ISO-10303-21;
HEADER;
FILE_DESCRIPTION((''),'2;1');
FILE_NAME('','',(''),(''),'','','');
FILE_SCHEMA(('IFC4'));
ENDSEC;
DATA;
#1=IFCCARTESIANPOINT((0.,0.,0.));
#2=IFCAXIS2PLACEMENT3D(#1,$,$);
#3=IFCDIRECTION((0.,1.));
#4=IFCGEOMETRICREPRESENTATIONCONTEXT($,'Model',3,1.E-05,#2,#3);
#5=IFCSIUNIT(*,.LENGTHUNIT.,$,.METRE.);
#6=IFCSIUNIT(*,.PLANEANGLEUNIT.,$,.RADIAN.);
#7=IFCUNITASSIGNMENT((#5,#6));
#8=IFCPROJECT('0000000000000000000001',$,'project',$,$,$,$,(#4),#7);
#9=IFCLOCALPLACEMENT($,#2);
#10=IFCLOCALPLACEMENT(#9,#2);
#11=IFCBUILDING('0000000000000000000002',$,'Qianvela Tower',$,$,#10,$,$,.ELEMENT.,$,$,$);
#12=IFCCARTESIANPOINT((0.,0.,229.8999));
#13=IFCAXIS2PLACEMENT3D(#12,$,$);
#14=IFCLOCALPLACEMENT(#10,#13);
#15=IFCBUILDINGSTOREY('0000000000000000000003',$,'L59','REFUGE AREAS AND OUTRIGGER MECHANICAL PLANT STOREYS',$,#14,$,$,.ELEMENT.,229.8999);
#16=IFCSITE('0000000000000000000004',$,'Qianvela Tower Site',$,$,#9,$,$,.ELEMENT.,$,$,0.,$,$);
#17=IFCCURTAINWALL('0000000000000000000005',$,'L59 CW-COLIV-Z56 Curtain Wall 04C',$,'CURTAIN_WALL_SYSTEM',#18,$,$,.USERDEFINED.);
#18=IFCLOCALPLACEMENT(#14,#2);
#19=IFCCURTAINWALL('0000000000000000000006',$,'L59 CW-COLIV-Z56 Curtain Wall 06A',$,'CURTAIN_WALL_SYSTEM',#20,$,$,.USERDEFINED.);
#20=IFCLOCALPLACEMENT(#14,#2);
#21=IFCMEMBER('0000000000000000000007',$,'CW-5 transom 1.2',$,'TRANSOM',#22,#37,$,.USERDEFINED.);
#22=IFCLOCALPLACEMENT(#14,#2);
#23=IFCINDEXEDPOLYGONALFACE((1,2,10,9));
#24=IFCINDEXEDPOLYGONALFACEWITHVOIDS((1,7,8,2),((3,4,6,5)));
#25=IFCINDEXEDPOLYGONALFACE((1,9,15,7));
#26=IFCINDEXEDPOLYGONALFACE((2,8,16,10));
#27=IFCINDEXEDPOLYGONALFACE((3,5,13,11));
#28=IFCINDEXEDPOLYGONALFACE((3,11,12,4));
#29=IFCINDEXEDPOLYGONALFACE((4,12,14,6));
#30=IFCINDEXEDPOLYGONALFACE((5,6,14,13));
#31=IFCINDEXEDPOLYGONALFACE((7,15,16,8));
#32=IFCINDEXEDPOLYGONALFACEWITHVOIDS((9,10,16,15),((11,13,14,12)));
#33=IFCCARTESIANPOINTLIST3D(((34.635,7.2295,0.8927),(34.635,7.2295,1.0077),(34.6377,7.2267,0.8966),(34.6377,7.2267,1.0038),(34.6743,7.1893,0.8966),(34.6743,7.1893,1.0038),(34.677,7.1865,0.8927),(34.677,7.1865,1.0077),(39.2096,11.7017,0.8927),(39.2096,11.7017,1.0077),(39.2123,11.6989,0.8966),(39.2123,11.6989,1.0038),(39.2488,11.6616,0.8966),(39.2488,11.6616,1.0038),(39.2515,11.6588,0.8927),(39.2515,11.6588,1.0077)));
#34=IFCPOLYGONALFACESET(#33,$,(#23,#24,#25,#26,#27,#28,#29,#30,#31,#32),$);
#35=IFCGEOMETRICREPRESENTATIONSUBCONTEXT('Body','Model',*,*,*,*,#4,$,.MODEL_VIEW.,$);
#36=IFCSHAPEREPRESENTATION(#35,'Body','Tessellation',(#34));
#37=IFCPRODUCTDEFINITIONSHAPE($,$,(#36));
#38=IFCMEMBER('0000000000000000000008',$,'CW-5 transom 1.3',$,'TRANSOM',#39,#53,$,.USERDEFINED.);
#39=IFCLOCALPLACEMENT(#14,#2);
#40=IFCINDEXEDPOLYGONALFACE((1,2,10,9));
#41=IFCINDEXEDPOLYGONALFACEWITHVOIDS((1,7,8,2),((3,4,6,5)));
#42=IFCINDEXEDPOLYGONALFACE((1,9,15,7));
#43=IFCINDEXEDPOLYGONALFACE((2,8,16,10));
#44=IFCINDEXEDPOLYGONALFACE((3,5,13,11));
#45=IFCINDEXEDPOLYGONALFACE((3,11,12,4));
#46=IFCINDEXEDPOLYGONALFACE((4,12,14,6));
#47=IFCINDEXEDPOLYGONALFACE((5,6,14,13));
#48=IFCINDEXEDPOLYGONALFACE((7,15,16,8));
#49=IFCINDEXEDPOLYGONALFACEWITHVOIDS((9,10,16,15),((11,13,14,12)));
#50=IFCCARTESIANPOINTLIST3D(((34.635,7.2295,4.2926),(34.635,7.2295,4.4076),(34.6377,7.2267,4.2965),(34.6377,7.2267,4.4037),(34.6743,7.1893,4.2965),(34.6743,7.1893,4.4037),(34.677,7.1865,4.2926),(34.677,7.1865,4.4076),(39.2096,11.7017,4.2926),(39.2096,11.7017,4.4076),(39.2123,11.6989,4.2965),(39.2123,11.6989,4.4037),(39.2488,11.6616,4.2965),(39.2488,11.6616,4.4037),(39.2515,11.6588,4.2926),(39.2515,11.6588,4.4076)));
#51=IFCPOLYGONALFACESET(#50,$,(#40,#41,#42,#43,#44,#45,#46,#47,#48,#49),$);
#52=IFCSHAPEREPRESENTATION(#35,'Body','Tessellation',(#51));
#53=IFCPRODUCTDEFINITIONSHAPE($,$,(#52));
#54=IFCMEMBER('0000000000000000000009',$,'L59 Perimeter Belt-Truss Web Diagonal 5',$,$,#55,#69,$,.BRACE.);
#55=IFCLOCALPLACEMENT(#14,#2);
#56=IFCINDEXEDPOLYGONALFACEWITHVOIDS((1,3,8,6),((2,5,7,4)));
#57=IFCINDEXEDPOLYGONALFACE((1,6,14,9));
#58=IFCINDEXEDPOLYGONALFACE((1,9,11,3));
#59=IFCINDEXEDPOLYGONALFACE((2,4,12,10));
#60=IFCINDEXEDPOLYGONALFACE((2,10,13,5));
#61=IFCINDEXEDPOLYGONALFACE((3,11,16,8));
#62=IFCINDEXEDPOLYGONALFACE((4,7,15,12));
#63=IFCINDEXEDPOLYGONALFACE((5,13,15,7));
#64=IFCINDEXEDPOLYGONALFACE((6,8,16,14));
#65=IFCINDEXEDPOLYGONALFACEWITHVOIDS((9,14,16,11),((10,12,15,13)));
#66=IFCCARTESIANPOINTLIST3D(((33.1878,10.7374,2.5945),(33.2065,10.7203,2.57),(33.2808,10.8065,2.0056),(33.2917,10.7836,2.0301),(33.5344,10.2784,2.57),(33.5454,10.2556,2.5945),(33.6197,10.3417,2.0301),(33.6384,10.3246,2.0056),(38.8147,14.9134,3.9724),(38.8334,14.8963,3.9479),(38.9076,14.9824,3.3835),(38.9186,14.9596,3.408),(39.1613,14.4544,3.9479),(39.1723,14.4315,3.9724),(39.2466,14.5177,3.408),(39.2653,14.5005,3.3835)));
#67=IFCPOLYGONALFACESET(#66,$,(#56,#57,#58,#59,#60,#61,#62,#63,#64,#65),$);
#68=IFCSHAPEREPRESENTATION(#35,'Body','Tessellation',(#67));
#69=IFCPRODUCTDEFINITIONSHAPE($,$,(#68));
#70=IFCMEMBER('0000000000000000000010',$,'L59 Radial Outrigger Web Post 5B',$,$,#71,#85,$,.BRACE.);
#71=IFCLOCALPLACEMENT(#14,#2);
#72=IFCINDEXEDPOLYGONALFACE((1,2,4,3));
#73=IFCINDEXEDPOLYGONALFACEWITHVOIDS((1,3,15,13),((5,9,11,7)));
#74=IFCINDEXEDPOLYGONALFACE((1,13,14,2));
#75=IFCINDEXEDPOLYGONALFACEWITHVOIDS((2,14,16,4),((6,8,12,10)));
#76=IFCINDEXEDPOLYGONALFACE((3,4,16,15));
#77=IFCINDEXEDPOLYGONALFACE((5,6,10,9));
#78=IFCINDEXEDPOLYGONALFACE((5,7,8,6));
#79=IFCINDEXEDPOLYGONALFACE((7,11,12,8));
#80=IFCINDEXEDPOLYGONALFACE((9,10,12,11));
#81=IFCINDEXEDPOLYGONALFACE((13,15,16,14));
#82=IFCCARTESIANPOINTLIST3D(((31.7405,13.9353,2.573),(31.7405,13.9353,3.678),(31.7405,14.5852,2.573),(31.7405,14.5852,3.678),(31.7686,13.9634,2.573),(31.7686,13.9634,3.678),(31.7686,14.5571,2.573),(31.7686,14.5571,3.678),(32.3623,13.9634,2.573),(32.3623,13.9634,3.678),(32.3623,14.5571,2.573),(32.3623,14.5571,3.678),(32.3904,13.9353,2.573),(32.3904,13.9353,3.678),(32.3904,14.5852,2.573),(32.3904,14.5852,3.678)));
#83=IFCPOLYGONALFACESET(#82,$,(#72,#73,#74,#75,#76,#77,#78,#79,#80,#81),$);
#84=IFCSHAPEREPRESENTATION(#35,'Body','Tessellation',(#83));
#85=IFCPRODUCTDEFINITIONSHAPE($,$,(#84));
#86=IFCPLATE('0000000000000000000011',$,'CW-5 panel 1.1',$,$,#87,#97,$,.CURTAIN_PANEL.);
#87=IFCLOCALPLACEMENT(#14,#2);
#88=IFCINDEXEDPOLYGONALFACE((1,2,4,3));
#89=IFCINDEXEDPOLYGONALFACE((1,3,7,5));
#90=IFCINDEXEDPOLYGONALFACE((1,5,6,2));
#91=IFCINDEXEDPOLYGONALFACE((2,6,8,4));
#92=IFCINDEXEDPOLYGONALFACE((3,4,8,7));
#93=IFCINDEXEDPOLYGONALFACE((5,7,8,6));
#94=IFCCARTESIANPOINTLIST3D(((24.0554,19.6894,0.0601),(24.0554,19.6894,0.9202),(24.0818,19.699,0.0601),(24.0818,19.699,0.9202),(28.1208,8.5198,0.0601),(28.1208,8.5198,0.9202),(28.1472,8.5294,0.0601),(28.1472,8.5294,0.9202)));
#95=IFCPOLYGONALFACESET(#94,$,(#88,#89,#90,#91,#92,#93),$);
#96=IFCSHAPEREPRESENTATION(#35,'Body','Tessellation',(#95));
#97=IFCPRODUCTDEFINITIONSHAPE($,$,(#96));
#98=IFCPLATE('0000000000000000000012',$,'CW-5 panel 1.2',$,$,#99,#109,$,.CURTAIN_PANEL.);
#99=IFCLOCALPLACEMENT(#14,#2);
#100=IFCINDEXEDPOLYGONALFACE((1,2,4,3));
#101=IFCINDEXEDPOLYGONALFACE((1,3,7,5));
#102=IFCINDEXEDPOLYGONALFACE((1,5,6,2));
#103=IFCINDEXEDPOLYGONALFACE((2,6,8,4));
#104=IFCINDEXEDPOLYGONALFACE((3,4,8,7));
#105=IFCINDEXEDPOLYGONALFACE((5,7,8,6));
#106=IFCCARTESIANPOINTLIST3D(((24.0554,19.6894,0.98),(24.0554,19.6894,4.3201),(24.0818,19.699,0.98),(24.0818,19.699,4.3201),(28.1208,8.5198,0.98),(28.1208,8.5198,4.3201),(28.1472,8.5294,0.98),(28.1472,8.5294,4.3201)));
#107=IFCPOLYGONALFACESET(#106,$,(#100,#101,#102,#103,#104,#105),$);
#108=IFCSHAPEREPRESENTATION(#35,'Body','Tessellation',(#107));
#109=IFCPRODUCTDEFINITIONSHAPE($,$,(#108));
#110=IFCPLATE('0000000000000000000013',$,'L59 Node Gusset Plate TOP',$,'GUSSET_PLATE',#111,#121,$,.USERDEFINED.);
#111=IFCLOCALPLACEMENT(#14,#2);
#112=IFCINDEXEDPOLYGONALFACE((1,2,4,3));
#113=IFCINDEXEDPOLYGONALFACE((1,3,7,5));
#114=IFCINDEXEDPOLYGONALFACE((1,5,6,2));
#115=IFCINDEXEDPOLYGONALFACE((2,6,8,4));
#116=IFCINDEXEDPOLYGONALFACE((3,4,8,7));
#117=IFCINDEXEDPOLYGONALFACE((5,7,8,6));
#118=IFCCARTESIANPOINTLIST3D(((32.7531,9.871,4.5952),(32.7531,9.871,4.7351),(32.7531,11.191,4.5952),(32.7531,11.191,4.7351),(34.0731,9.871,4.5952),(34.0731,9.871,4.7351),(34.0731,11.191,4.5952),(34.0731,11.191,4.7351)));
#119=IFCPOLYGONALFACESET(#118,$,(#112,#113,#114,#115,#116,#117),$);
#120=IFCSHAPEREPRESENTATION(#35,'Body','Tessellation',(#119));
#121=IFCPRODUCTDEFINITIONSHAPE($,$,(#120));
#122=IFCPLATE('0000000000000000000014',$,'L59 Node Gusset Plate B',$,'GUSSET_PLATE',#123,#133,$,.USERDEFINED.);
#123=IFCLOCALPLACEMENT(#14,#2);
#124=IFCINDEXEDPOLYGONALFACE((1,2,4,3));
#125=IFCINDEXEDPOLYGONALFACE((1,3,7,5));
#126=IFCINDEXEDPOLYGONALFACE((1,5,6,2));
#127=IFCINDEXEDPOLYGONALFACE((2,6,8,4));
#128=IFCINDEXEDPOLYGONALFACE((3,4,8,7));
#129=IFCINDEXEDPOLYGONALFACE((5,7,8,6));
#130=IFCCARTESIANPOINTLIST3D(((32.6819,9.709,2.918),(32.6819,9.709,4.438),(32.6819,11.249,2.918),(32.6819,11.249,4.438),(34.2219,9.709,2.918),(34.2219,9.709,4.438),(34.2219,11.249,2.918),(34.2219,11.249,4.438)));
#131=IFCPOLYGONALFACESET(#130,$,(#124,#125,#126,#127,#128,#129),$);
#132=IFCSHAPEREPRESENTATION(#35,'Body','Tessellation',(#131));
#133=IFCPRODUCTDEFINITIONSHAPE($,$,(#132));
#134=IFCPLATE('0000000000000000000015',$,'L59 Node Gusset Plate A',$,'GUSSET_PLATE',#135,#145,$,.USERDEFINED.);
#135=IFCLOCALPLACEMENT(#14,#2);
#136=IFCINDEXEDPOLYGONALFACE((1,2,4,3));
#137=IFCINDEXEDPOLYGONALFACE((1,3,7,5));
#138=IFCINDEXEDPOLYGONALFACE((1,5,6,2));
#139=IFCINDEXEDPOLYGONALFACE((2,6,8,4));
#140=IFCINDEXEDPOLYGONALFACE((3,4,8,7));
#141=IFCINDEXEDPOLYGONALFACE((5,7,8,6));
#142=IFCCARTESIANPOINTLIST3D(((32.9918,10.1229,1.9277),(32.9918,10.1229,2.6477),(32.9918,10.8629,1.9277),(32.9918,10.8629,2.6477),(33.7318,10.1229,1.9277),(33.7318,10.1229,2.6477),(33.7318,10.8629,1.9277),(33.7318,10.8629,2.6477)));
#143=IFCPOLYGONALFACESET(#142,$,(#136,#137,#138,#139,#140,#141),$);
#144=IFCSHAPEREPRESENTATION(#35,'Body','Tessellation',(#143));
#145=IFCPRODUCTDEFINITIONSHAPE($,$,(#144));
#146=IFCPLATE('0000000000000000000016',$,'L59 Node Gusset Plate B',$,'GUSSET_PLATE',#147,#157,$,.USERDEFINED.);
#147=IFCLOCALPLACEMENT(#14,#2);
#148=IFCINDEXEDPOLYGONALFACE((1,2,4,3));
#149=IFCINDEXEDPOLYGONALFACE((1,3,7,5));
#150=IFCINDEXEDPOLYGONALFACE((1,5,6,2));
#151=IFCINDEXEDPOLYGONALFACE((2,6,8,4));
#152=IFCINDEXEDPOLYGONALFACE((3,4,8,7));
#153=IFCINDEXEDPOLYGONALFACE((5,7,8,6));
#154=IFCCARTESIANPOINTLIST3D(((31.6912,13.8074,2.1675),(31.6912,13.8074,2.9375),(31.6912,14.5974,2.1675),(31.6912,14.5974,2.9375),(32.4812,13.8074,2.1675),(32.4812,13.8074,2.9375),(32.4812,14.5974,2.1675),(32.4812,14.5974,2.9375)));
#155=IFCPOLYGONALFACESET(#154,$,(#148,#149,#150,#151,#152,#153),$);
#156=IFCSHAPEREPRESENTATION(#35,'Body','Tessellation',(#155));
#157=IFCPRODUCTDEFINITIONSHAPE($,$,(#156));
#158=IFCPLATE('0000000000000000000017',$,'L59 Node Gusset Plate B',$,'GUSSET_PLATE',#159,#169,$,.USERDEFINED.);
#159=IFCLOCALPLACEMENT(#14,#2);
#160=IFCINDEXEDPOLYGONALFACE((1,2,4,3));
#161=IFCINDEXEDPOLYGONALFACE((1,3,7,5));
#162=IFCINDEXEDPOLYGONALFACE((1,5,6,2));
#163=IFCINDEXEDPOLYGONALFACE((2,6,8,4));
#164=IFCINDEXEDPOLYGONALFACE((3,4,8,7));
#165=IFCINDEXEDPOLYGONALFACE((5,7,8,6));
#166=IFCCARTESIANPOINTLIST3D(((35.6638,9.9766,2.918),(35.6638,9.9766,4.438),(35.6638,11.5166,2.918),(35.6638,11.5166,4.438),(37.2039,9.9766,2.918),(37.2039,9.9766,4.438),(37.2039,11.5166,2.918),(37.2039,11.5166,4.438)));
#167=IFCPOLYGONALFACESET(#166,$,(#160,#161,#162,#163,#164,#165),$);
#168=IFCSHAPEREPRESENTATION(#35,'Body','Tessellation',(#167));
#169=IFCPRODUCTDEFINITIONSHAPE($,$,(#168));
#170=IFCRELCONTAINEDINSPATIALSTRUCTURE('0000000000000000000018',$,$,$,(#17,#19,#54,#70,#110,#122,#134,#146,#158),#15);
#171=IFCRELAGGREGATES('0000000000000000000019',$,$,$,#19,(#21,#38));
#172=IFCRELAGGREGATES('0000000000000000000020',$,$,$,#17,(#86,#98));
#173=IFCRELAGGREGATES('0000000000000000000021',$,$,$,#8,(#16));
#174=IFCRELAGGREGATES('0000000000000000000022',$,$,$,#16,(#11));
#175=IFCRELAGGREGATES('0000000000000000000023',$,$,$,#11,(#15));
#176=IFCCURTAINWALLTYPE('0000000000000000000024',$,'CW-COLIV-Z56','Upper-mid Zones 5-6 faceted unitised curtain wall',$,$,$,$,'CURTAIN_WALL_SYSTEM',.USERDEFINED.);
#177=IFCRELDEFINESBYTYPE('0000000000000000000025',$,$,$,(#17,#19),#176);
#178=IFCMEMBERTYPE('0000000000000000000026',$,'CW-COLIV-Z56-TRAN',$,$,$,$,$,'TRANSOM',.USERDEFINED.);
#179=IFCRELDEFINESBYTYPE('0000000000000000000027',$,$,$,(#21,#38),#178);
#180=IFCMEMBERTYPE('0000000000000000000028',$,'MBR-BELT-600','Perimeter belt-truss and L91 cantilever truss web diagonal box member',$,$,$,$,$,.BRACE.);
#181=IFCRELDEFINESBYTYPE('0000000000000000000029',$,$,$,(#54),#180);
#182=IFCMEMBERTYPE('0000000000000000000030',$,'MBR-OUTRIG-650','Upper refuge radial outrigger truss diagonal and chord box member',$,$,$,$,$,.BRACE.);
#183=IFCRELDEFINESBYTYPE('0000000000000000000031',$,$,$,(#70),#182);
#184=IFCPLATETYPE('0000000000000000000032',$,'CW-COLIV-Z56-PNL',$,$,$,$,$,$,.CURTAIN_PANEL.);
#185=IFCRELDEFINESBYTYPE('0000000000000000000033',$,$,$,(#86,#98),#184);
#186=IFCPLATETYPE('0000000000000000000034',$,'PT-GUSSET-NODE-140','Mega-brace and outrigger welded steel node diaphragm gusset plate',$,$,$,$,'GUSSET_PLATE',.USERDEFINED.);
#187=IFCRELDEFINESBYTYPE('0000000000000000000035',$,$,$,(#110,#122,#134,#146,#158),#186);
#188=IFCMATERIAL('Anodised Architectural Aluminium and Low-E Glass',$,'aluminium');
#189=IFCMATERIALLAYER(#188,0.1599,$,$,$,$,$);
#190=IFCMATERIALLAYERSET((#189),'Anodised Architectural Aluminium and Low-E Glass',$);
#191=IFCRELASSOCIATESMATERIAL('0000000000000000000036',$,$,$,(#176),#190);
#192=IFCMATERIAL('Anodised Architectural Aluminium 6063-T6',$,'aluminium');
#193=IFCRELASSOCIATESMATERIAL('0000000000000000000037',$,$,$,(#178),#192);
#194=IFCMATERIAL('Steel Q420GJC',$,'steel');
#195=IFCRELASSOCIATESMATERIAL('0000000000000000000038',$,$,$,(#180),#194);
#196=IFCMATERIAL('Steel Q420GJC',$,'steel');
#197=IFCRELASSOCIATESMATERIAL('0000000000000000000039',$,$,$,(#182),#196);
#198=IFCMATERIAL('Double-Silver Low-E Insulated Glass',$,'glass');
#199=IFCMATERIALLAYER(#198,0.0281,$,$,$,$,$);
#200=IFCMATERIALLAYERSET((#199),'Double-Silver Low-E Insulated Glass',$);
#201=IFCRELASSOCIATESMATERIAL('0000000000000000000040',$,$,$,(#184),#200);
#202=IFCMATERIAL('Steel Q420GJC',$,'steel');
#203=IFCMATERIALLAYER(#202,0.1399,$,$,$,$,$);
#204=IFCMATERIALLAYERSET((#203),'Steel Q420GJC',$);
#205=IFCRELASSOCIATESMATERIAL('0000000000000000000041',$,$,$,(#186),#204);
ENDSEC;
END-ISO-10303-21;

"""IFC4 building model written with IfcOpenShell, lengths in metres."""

from ifc_helpers import new_model, si_unit, direction, frame, origin, origin_2d, place, context, subcontext, project, spatial, rectangle, hollow_rectangle, extrude, material, layer, layer_set, material_profile, profile_set, type_object, element, aggregate, save


model = new_model("IFC4")

# Units and contexts
model_context = context("Model", 3, precision=1e-05, world=origin(), true_north=direction((0.0, 1.0)))
body_context = subcontext(model_context, "Body", "Model", "MODEL_VIEW")
ifc_project = project(units=[si_unit("LENGTHUNIT", "METRE"), si_unit("PLANEANGLEUNIT", "RADIAN")], contexts=[model_context])

# Site, building, storey
site_placement = place(None, origin())
site = spatial("IfcSite", under=ifc_project, at=site_placement, Name="Qianvela Tower Site", CompositionType="ELEMENT", RefElevation=0.0)
building_placement = place(site_placement, origin())
building = spatial("IfcBuilding", under=site, at=building_placement, Name="Qianvela Tower", CompositionType="ELEMENT")
storey_placement = place(building_placement, frame((0.0, 0.0, 229.8999)))
storey = spatial("IfcBuildingStorey", under=building, at=storey_placement, Name="L59", Description="REFUGE AREAS AND OUTRIGGER MECHANICAL PLANT STOREYS", CompositionType="ELEMENT", Elevation=229.8999)

# Curtain wall
ifc_material_1 = material(Name="Anodised Architectural Aluminium and Low-E Glass", Category="aluminium")
ifc_layer_1 = layer(ifc_material_1, 0.1599)
ifc_layer_set_1 = layer_set([ifc_layer_1], Name="Anodised Architectural Aluminium and Low-E Glass")
curtain_wall_type = type_object("IfcCurtainWallType", Name="CW-COLIV-Z56", Description="Upper-mid Zones 5-6 faceted unitised curtain wall", ElementType="CURTAIN_WALL_SYSTEM", PredefinedType="USERDEFINED", material=ifc_layer_set_1)
curtain_wall_1_placement = place(storey_placement, origin())
curtain_wall_1 = element("IfcCurtainWall", 1, at=curtain_wall_1_placement, inside=storey, type_object=curtain_wall_type, Name="L59 CW-COLIV-Z56 Curtain Wall 04C", ObjectType="CURTAIN_WALL_SYSTEM", PredefinedType="USERDEFINED")

# Curtain wall, members
curtain_wall_2_placement = place(storey_placement, origin())
curtain_wall_2 = element("IfcCurtainWall", 2, at=curtain_wall_2_placement, inside=storey, type_object=curtain_wall_type, Name="L59 CW-COLIV-Z56 Curtain Wall 06A", ObjectType="CURTAIN_WALL_SYSTEM", PredefinedType="USERDEFINED")
ifc_material_2 = material(Name="Anodised Architectural Aluminium 6063-T6", Category="aluminium")
ifc_material_profile_1 = material_profile(ifc_material_2, hollow_rectangle(XDim=0.0601, YDim=0.115, WallThickness=0.0039, at=origin_2d()), Name="ALU-TRAN-60x115")
ifc_profile_set_1 = profile_set([ifc_material_profile_1], Name="Anodised Architectural Aluminium 6063-T6")
member_type_1 = type_object("IfcMemberType", Name="CW-COLIV-Z56-TRAN", ElementType="TRANSOM", PredefinedType="USERDEFINED", material=ifc_profile_set_1)
member_1_placement = place(storey_placement, frame((34.656, 7.208, 0.9502), z_axis=(0.715057, 0.699066, 0.0), x_axis=(-0.699066, 0.715057, 0.0)))
member_1 = element("IfcMember", 3, at=member_1_placement, type_object=member_type_1, Name="CW-5 transom 1.2", ObjectType="TRANSOM", PredefinedType="USERDEFINED", context=body_context, shape_type="SweptSolid", body=[
    extrude(hollow_rectangle(XDim=0.0601, YDim=0.115, WallThickness=0.0039, at=origin_2d()), origin(), (0.0, 0.0, 1.0), 6.3975),
])
member_2_placement = place(storey_placement, frame((34.656, 7.208, 4.3501), z_axis=(0.715057, 0.699066, 0.0), x_axis=(-0.699066, 0.715057, 0.0)))
member_2 = element("IfcMember", 4, at=member_2_placement, type_object=member_type_1, Name="CW-5 transom 1.3", ObjectType="TRANSOM", PredefinedType="USERDEFINED", context=body_context, shape_type="SweptSolid", body=[
    extrude(hollow_rectangle(XDim=0.0601, YDim=0.115, WallThickness=0.0039, at=origin_2d()), origin(), (0.0, 0.0, 1.0), 6.3975),
])
aggregate(curtain_wall_2, [member_1, member_2])

# Members
ifc_material_3 = material(Name="Steel Q420GJC", Category="steel")
ifc_material_profile_2 = material_profile(ifc_material_3, hollow_rectangle(XDim=0.6001, YDim=0.6001, WallThickness=0.0249, at=origin_2d()), Name="BBOX-600x600x25")
ifc_profile_set_2 = profile_set([ifc_material_profile_2], Name="Steel Q420GJC")
member_type_2 = type_object("IfcMemberType", Name="MBR-BELT-600", Description="Perimeter belt-truss and L91 cantilever truss web diagonal box member", PredefinedType="BRACE", material=ifc_profile_set_2)
member_3_placement = place(storey_placement, frame((33.4131, 10.531, 2.3), z_axis=(0.787927, 0.584758, 0.192948), x_axis=(-0.595956, 0.803017, 0.0)))
element("IfcMember", 5, at=member_3_placement, inside=storey, type_object=member_type_2, Name="L59 Perimeter Belt-Truss Web Diagonal 5", PredefinedType="BRACE", context=body_context, shape_type="SweptSolid", body=[
    extrude(hollow_rectangle(XDim=0.6001, YDim=0.6001, WallThickness=0.0249, at=origin_2d()), origin(), (0.0, 0.0, 1.0), 7.1414),
])
ifc_material_4 = material(Name="Steel Q420GJC", Category="steel")
ifc_material_profile_3 = material_profile(ifc_material_4, hollow_rectangle(XDim=0.6499, YDim=0.6499, WallThickness=0.0281, at=origin_2d()), Name="OBOX-650x650x28")
ifc_profile_set_3 = profile_set([ifc_material_profile_3], Name="Steel Q420GJC")
member_type_3 = type_object("IfcMemberType", Name="MBR-OUTRIG-650", Description="Upper refuge radial outrigger truss diagonal and chord box member", PredefinedType="BRACE", material=ifc_profile_set_3)
member_4_placement = place(storey_placement, frame((32.0654, 14.2603, 2.573), z_axis=(0.0, 0.0, 1.0), x_axis=(1.0, 0.0, 0.0)))
element("IfcMember", 6, at=member_4_placement, inside=storey, type_object=member_type_3, Name="L59 Radial Outrigger Web Post 5B", PredefinedType="BRACE", context=body_context, shape_type="SweptSolid", body=[
    extrude(hollow_rectangle(XDim=0.6499, YDim=0.6499, WallThickness=0.0281, at=origin_2d()), origin(), (0.0, 0.0, 1.0), 1.105),
])

# Plates
ifc_material_5 = material(Name="Double-Silver Low-E Insulated Glass", Category="glass")
ifc_layer_2 = layer(ifc_material_5, 0.0281)
ifc_layer_set_2 = layer_set([ifc_layer_2], Name="Double-Silver Low-E Insulated Glass")
plate_type_1 = type_object("IfcPlateType", Name="CW-COLIV-Z56-PNL", PredefinedType="CURTAIN_PANEL", material=ifc_layer_set_2)
plate_1_placement = place(storey_placement, frame((26.1013, 14.1094, 0.0601), z_axis=(0.0, 0.0, 1.0), x_axis=(0.342017, -0.939694, 0.0)))
plate_1 = element("IfcPlate", 7, at=plate_1_placement, type_object=plate_type_1, Name="CW-5 panel 1.1", PredefinedType="CURTAIN_PANEL", context=body_context, shape_type="SweptSolid", body=[
    extrude(rectangle(XDim=11.8865, YDim=0.0281, at=origin_2d()), origin(), (0.0, 0.0, 1.0), 0.8601),
])
plate_2_placement = place(storey_placement, frame((26.1013, 14.1094, 0.98), z_axis=(0.0, 0.0, 1.0), x_axis=(0.342017, -0.939694, 0.0)))
plate_2 = element("IfcPlate", 8, at=plate_2_placement, type_object=plate_type_1, Name="CW-5 panel 1.2", PredefinedType="CURTAIN_PANEL", context=body_context, shape_type="SweptSolid", body=[
    extrude(rectangle(XDim=11.8865, YDim=0.0281, at=origin_2d()), origin(), (0.0, 0.0, 1.0), 3.3401),
])
aggregate(curtain_wall_1, [plate_1, plate_2])

# Plates
ifc_material_6 = material(Name="Steel Q420GJC", Category="steel")
ifc_layer_3 = layer(ifc_material_6, 0.1399)
ifc_layer_set_3 = layer_set([ifc_layer_3], Name="Steel Q420GJC")
plate_type_2 = type_object("IfcPlateType", Name="PT-GUSSET-NODE-140", Description="Mega-brace and outrigger welded steel node diaphragm gusset plate", ElementType="GUSSET_PLATE", PredefinedType="USERDEFINED", material=ifc_layer_set_3)
plate_3_placement = place(storey_placement, frame((33.4131, 10.531, 4.5952), z_axis=(0.0, 0.0, 1.0), x_axis=(1.0, 0.0, 0.0)))
element("IfcPlate", 9, at=plate_3_placement, inside=storey, type_object=plate_type_2, Name="L59 Node Gusset Plate TOP", ObjectType="GUSSET_PLATE", PredefinedType="USERDEFINED", context=body_context, shape_type="SweptSolid", body=[
    extrude(rectangle(XDim=1.3201, YDim=1.3201, at=origin_2d()), origin(), (0.0, 0.0, 1.0), 0.1399),
])
plate_4_placement = place(storey_placement, frame((33.4519, 10.479, 2.918), z_axis=(0.0, 0.0, 1.0), x_axis=(1.0, 0.0, 0.0)))
element("IfcPlate", 10, at=plate_4_placement, inside=storey, type_object=plate_type_2, Name="L59 Node Gusset Plate B", ObjectType="GUSSET_PLATE", PredefinedType="USERDEFINED", context=body_context, shape_type="SweptSolid", body=[
    extrude(rectangle(XDim=1.54, YDim=1.54, at=origin_2d()), origin(), (0.0, 0.0, 1.0), 1.52),
])
plate_5_placement = place(storey_placement, frame((33.3618, 10.4929, 1.9277), z_axis=(0.0, 0.0, 1.0), x_axis=(1.0, 0.0, 0.0)))
element("IfcPlate", 11, at=plate_5_placement, inside=storey, type_object=plate_type_2, Name="L59 Node Gusset Plate A", ObjectType="GUSSET_PLATE", PredefinedType="USERDEFINED", context=body_context, shape_type="SweptSolid", body=[
    extrude(rectangle(XDim=0.74, YDim=0.74, at=origin_2d()), origin(), (0.0, 0.0, 1.0), 0.72),
])
plate_6_placement = place(storey_placement, frame((32.0862, 14.2024, 2.1675), z_axis=(0.0, 0.0, 1.0), x_axis=(1.0, 0.0, 0.0)))
element("IfcPlate", 12, at=plate_6_placement, inside=storey, type_object=plate_type_2, Name="L59 Node Gusset Plate B", ObjectType="GUSSET_PLATE", PredefinedType="USERDEFINED", context=body_context, shape_type="SweptSolid", body=[
    extrude(rectangle(XDim=0.79, YDim=0.79, at=origin_2d()), origin(), (0.0, 0.0, 1.0), 0.77),
])
plate_7_placement = place(storey_placement, frame((36.4338, 10.7466, 2.918), z_axis=(0.0, 0.0, 1.0), x_axis=(1.0, 0.0, 0.0)))
element("IfcPlate", 13, at=plate_7_placement, inside=storey, type_object=plate_type_2, Name="L59 Node Gusset Plate B", ObjectType="GUSSET_PLATE", PredefinedType="USERDEFINED", context=body_context, shape_type="SweptSolid", body=[
    extrude(rectangle(XDim=1.54, YDim=1.54, at=origin_2d()), origin(), (0.0, 0.0, 1.0), 1.52),
])

save(model, "model.ifc")
